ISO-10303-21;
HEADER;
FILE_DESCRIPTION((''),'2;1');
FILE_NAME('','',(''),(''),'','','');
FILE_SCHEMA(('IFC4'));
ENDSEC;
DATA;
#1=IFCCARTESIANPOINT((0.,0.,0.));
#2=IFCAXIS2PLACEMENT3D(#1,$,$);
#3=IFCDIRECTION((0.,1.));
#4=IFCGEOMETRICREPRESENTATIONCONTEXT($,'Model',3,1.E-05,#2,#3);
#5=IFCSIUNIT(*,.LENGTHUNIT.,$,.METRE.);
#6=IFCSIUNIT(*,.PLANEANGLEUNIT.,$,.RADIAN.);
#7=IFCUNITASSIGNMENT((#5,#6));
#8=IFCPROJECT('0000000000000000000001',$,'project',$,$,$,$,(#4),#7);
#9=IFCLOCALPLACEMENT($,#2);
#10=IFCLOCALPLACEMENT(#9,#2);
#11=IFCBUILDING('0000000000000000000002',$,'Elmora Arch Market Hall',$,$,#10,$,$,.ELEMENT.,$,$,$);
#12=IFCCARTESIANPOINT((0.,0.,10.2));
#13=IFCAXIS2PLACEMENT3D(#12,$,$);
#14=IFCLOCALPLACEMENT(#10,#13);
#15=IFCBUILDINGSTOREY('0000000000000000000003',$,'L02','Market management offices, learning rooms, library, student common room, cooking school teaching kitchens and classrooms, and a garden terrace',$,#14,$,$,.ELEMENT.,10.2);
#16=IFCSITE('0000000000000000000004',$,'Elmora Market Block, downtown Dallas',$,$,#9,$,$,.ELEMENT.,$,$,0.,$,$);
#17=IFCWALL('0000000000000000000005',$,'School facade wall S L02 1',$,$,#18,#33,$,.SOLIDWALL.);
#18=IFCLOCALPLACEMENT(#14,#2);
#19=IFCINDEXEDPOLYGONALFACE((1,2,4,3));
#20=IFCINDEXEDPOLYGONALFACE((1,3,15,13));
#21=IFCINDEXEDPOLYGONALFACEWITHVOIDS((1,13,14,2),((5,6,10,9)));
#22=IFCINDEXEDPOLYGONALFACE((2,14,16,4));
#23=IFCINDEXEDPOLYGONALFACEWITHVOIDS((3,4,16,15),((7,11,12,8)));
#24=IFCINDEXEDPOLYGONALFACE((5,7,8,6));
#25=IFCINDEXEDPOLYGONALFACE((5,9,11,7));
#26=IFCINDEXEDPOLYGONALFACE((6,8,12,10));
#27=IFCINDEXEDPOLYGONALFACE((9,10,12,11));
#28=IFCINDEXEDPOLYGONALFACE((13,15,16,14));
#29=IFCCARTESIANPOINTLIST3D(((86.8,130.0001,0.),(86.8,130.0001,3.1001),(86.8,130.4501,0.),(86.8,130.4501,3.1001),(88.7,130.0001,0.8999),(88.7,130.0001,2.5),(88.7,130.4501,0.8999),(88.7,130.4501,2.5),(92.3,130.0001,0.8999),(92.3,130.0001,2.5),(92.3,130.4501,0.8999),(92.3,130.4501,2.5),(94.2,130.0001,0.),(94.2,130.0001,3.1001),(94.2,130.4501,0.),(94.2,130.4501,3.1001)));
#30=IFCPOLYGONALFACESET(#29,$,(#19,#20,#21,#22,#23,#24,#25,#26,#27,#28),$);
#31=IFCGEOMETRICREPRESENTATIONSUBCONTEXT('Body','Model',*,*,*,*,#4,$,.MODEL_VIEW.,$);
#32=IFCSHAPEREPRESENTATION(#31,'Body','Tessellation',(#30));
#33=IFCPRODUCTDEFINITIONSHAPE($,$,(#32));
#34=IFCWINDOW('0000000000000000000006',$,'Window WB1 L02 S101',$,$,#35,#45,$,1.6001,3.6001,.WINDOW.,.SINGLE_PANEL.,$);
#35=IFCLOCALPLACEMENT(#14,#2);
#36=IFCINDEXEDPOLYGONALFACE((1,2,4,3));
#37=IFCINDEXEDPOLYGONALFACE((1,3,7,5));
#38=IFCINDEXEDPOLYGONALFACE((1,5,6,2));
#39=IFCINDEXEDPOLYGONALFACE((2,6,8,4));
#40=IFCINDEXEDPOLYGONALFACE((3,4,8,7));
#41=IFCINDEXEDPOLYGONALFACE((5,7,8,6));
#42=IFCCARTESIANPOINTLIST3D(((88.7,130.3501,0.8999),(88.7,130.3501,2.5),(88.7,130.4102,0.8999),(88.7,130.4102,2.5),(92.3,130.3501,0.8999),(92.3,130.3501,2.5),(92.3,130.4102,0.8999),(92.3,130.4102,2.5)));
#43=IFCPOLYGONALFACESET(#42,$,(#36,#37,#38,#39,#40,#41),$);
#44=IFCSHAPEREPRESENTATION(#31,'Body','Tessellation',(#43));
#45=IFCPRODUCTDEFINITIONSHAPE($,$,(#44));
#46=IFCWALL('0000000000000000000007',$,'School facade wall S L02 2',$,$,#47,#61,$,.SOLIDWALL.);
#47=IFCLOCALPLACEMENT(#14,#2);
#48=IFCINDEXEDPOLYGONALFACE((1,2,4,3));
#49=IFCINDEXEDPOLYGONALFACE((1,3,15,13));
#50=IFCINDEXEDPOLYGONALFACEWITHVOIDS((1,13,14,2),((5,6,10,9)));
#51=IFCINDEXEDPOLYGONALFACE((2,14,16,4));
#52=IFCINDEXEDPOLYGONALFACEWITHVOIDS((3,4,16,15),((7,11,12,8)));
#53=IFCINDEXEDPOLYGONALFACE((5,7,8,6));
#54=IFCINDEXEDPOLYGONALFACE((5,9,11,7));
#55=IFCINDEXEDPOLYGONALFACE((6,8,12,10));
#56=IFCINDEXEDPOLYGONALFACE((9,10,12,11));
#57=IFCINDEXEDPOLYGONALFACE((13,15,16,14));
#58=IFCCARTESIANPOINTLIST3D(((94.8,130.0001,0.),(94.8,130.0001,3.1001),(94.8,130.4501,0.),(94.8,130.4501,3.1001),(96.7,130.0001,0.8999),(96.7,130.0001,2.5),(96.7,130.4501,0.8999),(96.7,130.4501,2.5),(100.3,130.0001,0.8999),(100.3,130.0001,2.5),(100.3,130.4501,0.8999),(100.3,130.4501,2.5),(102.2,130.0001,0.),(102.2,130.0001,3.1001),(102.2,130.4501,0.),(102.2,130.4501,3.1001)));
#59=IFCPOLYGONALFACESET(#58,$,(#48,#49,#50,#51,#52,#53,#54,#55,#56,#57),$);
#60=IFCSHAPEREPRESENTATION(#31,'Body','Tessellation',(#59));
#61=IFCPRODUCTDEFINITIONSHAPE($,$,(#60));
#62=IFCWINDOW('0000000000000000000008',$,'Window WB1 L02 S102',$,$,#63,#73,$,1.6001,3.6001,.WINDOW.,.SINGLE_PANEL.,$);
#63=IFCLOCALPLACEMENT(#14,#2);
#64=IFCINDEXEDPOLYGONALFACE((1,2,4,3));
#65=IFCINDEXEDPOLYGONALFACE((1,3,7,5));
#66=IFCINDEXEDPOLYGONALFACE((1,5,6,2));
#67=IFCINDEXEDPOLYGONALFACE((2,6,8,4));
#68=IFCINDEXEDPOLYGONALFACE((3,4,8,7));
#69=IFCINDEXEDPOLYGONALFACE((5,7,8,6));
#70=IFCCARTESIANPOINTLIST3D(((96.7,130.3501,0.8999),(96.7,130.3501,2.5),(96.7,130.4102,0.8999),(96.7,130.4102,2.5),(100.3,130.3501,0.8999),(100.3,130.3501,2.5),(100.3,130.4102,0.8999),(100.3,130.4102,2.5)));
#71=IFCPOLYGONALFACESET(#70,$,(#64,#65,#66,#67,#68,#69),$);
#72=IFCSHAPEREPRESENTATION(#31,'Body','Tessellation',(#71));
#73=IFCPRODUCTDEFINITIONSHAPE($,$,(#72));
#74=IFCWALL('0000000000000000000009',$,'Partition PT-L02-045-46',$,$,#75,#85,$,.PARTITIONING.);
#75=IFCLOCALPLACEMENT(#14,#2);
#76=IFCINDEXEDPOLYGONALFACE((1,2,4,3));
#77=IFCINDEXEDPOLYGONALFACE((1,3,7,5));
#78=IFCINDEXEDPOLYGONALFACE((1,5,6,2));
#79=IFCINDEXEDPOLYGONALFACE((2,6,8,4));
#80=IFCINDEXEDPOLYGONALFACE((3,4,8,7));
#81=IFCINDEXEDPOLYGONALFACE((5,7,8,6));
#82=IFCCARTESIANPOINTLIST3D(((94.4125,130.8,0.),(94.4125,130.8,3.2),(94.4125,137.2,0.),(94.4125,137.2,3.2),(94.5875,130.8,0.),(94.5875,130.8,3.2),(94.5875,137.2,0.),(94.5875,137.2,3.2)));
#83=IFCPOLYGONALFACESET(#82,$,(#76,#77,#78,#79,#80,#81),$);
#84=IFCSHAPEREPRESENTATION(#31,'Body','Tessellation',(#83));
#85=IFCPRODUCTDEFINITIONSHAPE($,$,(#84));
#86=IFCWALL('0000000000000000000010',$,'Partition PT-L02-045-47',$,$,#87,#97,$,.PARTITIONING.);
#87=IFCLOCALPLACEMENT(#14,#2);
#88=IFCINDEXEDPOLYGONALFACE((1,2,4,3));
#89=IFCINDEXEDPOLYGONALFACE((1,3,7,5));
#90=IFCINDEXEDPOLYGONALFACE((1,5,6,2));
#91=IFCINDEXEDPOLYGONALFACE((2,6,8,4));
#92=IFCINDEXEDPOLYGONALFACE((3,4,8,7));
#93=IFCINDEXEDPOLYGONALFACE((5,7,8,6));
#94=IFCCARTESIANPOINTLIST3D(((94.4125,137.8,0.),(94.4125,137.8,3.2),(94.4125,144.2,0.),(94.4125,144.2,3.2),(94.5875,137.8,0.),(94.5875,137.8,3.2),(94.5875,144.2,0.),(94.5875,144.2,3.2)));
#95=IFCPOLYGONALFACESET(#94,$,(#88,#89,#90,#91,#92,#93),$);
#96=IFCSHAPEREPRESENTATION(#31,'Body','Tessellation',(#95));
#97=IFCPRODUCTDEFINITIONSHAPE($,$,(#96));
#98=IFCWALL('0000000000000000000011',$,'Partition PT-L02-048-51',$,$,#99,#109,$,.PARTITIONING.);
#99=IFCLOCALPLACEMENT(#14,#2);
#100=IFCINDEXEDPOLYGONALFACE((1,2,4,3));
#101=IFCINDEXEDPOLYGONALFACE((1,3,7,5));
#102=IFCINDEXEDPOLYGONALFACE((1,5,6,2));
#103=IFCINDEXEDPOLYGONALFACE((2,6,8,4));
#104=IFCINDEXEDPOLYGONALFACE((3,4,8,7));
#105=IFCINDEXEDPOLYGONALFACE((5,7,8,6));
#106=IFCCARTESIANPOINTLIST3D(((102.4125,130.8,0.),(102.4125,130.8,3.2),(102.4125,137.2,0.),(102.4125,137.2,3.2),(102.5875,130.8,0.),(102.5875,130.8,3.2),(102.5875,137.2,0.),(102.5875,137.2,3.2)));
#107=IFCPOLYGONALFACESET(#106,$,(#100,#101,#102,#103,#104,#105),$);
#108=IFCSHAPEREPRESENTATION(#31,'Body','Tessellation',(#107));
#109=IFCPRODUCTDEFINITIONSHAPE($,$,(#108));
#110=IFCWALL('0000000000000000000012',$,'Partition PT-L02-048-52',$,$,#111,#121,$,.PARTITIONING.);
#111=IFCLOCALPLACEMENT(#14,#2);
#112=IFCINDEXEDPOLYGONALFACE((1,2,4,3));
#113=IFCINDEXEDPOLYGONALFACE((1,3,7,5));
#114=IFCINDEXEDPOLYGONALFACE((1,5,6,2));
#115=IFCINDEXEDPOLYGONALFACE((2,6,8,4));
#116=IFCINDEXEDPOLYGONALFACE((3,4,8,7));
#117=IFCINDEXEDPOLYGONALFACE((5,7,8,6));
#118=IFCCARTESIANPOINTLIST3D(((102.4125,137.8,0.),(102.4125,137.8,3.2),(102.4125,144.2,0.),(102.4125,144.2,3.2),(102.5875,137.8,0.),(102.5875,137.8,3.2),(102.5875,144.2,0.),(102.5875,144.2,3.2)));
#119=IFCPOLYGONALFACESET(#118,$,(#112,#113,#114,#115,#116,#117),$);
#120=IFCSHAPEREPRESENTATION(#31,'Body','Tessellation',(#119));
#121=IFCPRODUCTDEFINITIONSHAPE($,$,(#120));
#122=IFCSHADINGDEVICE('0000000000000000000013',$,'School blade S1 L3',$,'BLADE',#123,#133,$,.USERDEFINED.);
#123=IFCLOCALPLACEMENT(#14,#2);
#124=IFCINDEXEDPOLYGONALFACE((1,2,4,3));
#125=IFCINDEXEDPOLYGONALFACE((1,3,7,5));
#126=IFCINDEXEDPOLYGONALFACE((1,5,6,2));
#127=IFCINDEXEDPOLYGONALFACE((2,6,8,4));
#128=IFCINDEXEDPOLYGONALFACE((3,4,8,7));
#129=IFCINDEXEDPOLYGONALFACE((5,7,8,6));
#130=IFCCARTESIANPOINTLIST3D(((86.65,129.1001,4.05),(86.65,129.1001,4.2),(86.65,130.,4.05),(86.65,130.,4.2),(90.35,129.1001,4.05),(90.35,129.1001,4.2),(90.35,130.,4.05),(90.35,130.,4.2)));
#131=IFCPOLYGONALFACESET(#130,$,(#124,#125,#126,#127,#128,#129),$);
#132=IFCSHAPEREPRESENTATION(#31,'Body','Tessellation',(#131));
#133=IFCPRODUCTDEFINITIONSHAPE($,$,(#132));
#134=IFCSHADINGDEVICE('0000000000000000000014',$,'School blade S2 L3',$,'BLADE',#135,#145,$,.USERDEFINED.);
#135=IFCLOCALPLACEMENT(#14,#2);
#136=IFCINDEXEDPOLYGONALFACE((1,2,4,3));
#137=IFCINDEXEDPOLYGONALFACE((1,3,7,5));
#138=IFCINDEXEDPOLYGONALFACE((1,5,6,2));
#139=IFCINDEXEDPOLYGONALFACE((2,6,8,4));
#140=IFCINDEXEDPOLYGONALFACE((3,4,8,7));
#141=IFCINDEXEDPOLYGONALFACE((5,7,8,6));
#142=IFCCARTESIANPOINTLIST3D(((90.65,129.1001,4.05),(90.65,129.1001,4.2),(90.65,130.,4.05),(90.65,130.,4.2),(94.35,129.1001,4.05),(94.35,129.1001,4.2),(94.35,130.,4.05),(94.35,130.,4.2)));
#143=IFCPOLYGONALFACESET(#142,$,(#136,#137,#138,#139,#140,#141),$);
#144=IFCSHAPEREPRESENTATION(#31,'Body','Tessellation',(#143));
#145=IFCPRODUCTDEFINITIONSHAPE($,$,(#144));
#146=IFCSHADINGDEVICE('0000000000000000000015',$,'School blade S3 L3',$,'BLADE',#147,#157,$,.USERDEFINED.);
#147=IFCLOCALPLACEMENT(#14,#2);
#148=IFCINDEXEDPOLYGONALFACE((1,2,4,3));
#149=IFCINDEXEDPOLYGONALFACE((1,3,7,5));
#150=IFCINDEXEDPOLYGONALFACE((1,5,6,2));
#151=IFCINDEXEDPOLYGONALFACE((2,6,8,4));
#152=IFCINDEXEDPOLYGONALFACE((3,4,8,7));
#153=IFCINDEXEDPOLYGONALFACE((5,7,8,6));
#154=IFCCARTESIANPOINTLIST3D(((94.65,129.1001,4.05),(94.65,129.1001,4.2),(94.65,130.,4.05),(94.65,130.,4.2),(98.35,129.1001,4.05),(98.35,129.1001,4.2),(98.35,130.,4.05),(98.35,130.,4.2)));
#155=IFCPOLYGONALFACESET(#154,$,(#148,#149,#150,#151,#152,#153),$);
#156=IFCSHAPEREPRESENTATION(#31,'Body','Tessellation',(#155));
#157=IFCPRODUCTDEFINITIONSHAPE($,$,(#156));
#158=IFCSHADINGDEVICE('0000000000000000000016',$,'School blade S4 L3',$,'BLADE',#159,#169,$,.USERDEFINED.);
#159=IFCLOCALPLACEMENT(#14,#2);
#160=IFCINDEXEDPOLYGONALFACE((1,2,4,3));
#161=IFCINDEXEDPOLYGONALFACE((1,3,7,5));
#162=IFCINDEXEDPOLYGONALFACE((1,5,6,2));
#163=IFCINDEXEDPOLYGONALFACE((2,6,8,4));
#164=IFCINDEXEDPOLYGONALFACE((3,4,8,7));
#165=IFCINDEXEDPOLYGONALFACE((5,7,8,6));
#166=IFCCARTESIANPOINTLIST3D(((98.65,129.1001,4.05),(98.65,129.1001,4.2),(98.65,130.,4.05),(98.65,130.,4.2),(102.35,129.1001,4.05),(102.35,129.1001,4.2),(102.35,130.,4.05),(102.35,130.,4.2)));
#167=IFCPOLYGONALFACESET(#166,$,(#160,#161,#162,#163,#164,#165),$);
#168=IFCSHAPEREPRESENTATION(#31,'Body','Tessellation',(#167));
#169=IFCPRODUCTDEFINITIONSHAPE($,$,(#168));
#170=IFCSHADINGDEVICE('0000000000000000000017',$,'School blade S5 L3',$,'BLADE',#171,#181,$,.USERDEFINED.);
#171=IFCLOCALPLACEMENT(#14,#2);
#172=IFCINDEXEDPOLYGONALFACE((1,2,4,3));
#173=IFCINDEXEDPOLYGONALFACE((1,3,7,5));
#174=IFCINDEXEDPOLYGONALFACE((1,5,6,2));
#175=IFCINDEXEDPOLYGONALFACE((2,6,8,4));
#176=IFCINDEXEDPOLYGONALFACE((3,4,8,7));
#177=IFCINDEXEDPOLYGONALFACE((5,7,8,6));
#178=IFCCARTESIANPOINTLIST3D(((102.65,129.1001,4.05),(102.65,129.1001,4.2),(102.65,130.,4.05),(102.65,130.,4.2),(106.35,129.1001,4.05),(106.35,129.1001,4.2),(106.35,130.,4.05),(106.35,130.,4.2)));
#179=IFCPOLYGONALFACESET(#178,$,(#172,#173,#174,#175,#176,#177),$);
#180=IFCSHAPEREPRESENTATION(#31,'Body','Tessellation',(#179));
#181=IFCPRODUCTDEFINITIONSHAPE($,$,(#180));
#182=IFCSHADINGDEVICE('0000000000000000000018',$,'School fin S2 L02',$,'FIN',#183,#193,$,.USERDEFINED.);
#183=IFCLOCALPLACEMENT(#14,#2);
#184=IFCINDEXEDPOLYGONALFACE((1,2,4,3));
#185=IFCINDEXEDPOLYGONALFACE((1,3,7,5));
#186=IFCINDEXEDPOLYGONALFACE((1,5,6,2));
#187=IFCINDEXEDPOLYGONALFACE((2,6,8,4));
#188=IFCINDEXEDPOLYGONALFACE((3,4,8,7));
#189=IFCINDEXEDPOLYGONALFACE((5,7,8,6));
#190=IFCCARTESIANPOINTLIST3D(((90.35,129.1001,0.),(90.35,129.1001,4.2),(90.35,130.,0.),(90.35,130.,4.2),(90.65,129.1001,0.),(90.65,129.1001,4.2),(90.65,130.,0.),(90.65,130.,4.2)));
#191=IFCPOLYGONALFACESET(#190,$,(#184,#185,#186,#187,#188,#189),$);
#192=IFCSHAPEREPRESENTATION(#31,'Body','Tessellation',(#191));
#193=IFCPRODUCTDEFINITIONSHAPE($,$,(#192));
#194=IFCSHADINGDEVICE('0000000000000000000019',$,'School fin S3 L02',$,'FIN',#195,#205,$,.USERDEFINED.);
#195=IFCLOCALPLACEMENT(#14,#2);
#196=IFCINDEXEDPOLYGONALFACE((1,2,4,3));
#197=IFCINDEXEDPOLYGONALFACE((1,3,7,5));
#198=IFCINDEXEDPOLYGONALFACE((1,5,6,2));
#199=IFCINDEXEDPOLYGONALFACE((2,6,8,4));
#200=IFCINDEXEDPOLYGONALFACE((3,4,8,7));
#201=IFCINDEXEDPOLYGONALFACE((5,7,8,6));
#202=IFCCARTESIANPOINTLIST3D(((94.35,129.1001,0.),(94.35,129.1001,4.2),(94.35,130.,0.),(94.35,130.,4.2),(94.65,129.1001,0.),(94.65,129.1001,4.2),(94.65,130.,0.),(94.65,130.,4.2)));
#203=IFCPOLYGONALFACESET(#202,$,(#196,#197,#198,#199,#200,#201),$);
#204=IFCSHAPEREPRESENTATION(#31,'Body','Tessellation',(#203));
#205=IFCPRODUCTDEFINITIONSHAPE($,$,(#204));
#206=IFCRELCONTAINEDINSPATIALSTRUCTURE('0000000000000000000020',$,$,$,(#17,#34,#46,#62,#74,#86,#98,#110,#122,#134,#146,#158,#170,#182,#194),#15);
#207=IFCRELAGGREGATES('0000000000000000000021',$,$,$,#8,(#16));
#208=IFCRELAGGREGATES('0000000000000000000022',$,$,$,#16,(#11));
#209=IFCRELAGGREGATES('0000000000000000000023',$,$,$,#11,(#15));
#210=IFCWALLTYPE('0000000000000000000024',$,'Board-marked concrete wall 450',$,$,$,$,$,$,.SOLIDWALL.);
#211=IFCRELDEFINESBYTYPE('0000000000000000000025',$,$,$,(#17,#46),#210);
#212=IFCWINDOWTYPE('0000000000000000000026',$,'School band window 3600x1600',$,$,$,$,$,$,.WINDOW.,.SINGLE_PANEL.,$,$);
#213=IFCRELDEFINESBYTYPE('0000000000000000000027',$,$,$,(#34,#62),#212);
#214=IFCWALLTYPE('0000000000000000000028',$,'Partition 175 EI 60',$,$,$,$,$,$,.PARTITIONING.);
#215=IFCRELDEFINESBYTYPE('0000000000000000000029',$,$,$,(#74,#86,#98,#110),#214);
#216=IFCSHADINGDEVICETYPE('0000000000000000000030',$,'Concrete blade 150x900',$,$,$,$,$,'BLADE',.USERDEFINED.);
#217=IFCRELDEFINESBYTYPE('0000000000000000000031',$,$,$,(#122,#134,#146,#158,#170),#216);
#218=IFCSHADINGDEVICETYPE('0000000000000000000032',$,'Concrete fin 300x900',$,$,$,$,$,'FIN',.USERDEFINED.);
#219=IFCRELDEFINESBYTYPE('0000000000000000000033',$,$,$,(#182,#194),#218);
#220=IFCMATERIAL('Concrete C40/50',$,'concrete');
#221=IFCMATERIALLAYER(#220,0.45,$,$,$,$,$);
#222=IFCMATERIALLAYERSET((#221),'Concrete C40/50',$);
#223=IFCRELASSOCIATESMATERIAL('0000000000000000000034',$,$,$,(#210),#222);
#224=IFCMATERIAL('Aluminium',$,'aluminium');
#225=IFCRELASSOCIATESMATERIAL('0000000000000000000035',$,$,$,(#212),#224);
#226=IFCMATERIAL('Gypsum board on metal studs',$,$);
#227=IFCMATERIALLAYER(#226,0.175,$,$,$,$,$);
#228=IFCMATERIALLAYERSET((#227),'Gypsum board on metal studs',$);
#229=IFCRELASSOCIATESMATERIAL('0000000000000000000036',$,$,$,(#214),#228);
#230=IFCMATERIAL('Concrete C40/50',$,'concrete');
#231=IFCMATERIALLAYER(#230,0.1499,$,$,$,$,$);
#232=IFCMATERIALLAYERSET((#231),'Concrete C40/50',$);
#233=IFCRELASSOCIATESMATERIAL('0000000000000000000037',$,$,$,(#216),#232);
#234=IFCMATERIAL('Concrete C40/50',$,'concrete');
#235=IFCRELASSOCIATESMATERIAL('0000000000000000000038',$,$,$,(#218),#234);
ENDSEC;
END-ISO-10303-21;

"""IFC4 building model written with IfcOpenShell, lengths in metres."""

from ifc_helpers import new_model, si_unit, direction, frame, frame_2d, origin, origin_2d, place, context, subcontext, project, spatial, rectangle, extrude, material, layer, layer_set, type_object, element, fill, save


model = new_model("IFC4")

# Units and contexts
model_context = context("Model", 3, precision=1e-05, world=origin(), true_north=direction((0.0, 1.0)))
body_context = subcontext(model_context, "Body", "Model", "MODEL_VIEW")
ifc_project = project(units=[si_unit("LENGTHUNIT", "METRE"), si_unit("PLANEANGLEUNIT", "RADIAN")], contexts=[model_context])

# Site, building, storey
site_placement = place(None, origin())
site = spatial("IfcSite", under=ifc_project, at=site_placement, Name="Elmora Market Block, downtown Dallas", CompositionType="ELEMENT", RefElevation=0.0)
building_placement = place(site_placement, origin())
building = spatial("IfcBuilding", under=site, at=building_placement, Name="Elmora Arch Market Hall", CompositionType="ELEMENT")
storey_placement = place(building_placement, frame((0.0, 0.0, 10.2)))
storey = spatial("IfcBuildingStorey", under=building, at=storey_placement, Name="L02", Description="Market management offices, learning rooms, library, student common room, cooking school teaching kitchens and classrooms, and a garden terrace", CompositionType="ELEMENT", Elevation=10.2)

# Walls, openings, windows
ifc_material_1 = material(Name="Concrete C40/50", Category="concrete")
ifc_layer_1 = layer(ifc_material_1, 0.45)
ifc_layer_set_1 = layer_set([ifc_layer_1], Name="Concrete C40/50")
wall_type_1 = type_object("IfcWallType", Name="Board-marked concrete wall 450", PredefinedType="SOLIDWALL", material=ifc_layer_set_1)
wall_1_placement = place(storey_placement, frame((94.2, 130.2251, 0.0), z_axis=(0.0, 0.0, 1.0), x_axis=(-1.0, 0.0, 0.0)))
wall_1 = element("IfcWall", 1, at=wall_1_placement, inside=storey, type_object=wall_type_1, Name="School facade wall S L02 1", PredefinedType="SOLIDWALL", context=body_context, shape_type="SweptSolid", body=[
    extrude(rectangle(XDim=7.3999, YDim=0.45, at=frame_2d((3.7, 0.0))), origin(), (0.0, 0.0, 1.0), 3.1001),
])
opening_1_placement = place(wall_1_placement, frame((1.8999, 0.0, 0.8999)))
opening_1 = element("IfcOpeningElement", 2, at=opening_1_placement, cuts=wall_1, PredefinedType="OPENING", context=body_context, shape_type="SweptSolid", body=[
    extrude(rectangle(XDim=3.6001, YDim=1.6001, at=frame_2d((1.8, 0.8))), frame((0.0, 0.2349, 0.0), z_axis=(0.0, -1.0, 0.0), x_axis=(1.0, 0.0, 0.0)), (0.0, 0.0, 1.0), 0.47),
])
ifc_material_2 = material(Name="Aluminium", Category="aluminium")
window_type = type_object("IfcWindowType", Name="School band window 3600x1600", PartitioningType="SINGLE_PANEL", PredefinedType="WINDOW", material=ifc_material_2)
window_1_placement = place(opening_1_placement, origin())
window_1 = element("IfcWindow", 3, at=window_1_placement, inside=storey, type_object=window_type, Name="Window WB1 L02 S101", OverallHeight=1.6001, OverallWidth=3.6001, PartitioningType="SINGLE_PANEL", PredefinedType="WINDOW", context=body_context, shape_type="SweptSolid", body=[
    extrude(rectangle(XDim=3.6001, YDim=1.6001, at=frame_2d((1.8, 0.8))), frame((0.0, -0.125, 0.0), z_axis=(0.0, -1.0, 0.0), x_axis=(1.0, 0.0, 0.0)), (0.0, 0.0, 1.0), 0.0601),
])
fill(opening_1, window_1)
wall_2_placement = place(storey_placement, frame((102.2, 130.2251, 0.0), z_axis=(0.0, 0.0, 1.0), x_axis=(-1.0, 0.0, 0.0)))
wall_2 = element("IfcWall", 4, at=wall_2_placement, inside=storey, type_object=wall_type_1, Name="School facade wall S L02 2", PredefinedType="SOLIDWALL", context=body_context, shape_type="SweptSolid", body=[
    extrude(rectangle(XDim=7.3999, YDim=0.45, at=frame_2d((3.7, 0.0))), origin(), (0.0, 0.0, 1.0), 3.1001),
])
opening_2_placement = place(wall_2_placement, frame((1.8999, 0.0, 0.8999)))
opening_2 = element("IfcOpeningElement", 5, at=opening_2_placement, cuts=wall_2, PredefinedType="OPENING", context=body_context, shape_type="SweptSolid", body=[
    extrude(rectangle(XDim=3.6001, YDim=1.6001, at=frame_2d((1.8, 0.8))), frame((0.0, 0.2349, 0.0), z_axis=(0.0, -1.0, 0.0), x_axis=(1.0, 0.0, 0.0)), (0.0, 0.0, 1.0), 0.47),
])
window_2_placement = place(opening_2_placement, origin())
window_2 = element("IfcWindow", 6, at=window_2_placement, inside=storey, type_object=window_type, Name="Window WB1 L02 S102", OverallHeight=1.6001, OverallWidth=3.6001, PartitioningType="SINGLE_PANEL", PredefinedType="WINDOW", context=body_context, shape_type="SweptSolid", body=[
    extrude(rectangle(XDim=3.6001, YDim=1.6001, at=frame_2d((1.8, 0.8))), frame((0.0, -0.125, 0.0), z_axis=(0.0, -1.0, 0.0), x_axis=(1.0, 0.0, 0.0)), (0.0, 0.0, 1.0), 0.0601),
])
fill(opening_2, window_2)

# Walls
ifc_material_3 = material(Name="Gypsum board on metal studs")
ifc_layer_2 = layer(ifc_material_3, 0.175)
ifc_layer_set_2 = layer_set([ifc_layer_2], Name="Gypsum board on metal studs")
wall_type_2 = type_object("IfcWallType", Name="Partition 175 EI 60", PredefinedType="PARTITIONING", material=ifc_layer_set_2)
for number, where, z_axis, x_axis, name in (
    (7, (94.5, 130.8, 0.0), (0.0, 0.0, 1.0), (0.0, 1.0, 0.0), "Partition PT-L02-045-46"),
    (8, (94.5, 137.8, 0.0), (0.0, 0.0, 1.0), (0.0, 1.0, 0.0), "Partition PT-L02-045-47"),
    (9, (102.5, 130.8, 0.0), (0.0, 0.0, 1.0), (0.0, 1.0, 0.0), "Partition PT-L02-048-51"),
    (10, (102.5, 137.8, 0.0), (0.0, 0.0, 1.0), (0.0, 1.0, 0.0), "Partition PT-L02-048-52"),
):
    element("IfcWall", number, at=place(storey_placement, frame(where, z_axis=z_axis, x_axis=x_axis)), inside=storey, type_object=wall_type_2, Name=name, PredefinedType="PARTITIONING", context=body_context, shape_type="SweptSolid", body=[
        extrude(rectangle(XDim=6.3999, YDim=0.175, at=frame_2d((3.2, 0.0))), origin(), (0.0, 0.0, 1.0), 3.2),
    ])

# Shading devices
ifc_material_4 = material(Name="Concrete C40/50", Category="concrete")
ifc_layer_3 = layer(ifc_material_4, 0.1499)
ifc_layer_set_3 = layer_set([ifc_layer_3], Name="Concrete C40/50")
shading_device_type_1 = type_object("IfcShadingDeviceType", Name="Concrete blade 150x900", ElementType="BLADE", PredefinedType="USERDEFINED", material=ifc_layer_set_3)
for number, where, z_axis, x_axis, name in (
    (11, (88.5, 129.55, 4.05), (0.0, 0.0, 1.0), (1.0, 0.0, 0.0), "School blade S1 L3"),
    (12, (92.5, 129.55, 4.05), (0.0, 0.0, 1.0), (1.0, 0.0, 0.0), "School blade S2 L3"),
    (13, (96.5, 129.55, 4.05), (0.0, 0.0, 1.0), (1.0, 0.0, 0.0), "School blade S3 L3"),
    (14, (100.5, 129.55, 4.05), (0.0, 0.0, 1.0), (1.0, 0.0, 0.0), "School blade S4 L3"),
    (15, (104.5, 129.55, 4.05), (0.0, 0.0, 1.0), (1.0, 0.0, 0.0), "School blade S5 L3"),
):
    element("IfcShadingDevice", number, at=place(storey_placement, frame(where, z_axis=z_axis, x_axis=x_axis)), inside=storey, type_object=shading_device_type_1, Name=name, ObjectType="BLADE", PredefinedType="USERDEFINED", context=body_context, shape_type="SweptSolid", body=[
        extrude(rectangle(XDim=3.7, YDim=0.8999, at=origin_2d()), origin(), (0.0, 0.0, 1.0), 0.1499),
    ])
ifc_material_5 = material(Name="Concrete C40/50", Category="concrete")
shading_device_type_2 = type_object("IfcShadingDeviceType", Name="Concrete fin 300x900", ElementType="FIN", PredefinedType="USERDEFINED", material=ifc_material_5)
for number, where, z_axis, x_axis, name in (
    (16, (90.5, 129.55, 0.0), (0.0, 0.0, 1.0), (1.0, 0.0, 0.0), "School fin S2 L02"),
    (17, (94.5, 129.55, 0.0), (0.0, 0.0, 1.0), (1.0, 0.0, 0.0), "School fin S3 L02"),
):
    element("IfcShadingDevice", number, at=place(storey_placement, frame(where, z_axis=z_axis, x_axis=x_axis)), inside=storey, type_object=shading_device_type_2, Name=name, ObjectType="FIN", PredefinedType="USERDEFINED", context=body_context, shape_type="SweptSolid", body=[
        extrude(rectangle(XDim=0.3, YDim=0.8999, at=origin_2d()), origin(), (0.0, 0.0, 1.0), 4.2),
    ])

save(model, "model.ifc")
